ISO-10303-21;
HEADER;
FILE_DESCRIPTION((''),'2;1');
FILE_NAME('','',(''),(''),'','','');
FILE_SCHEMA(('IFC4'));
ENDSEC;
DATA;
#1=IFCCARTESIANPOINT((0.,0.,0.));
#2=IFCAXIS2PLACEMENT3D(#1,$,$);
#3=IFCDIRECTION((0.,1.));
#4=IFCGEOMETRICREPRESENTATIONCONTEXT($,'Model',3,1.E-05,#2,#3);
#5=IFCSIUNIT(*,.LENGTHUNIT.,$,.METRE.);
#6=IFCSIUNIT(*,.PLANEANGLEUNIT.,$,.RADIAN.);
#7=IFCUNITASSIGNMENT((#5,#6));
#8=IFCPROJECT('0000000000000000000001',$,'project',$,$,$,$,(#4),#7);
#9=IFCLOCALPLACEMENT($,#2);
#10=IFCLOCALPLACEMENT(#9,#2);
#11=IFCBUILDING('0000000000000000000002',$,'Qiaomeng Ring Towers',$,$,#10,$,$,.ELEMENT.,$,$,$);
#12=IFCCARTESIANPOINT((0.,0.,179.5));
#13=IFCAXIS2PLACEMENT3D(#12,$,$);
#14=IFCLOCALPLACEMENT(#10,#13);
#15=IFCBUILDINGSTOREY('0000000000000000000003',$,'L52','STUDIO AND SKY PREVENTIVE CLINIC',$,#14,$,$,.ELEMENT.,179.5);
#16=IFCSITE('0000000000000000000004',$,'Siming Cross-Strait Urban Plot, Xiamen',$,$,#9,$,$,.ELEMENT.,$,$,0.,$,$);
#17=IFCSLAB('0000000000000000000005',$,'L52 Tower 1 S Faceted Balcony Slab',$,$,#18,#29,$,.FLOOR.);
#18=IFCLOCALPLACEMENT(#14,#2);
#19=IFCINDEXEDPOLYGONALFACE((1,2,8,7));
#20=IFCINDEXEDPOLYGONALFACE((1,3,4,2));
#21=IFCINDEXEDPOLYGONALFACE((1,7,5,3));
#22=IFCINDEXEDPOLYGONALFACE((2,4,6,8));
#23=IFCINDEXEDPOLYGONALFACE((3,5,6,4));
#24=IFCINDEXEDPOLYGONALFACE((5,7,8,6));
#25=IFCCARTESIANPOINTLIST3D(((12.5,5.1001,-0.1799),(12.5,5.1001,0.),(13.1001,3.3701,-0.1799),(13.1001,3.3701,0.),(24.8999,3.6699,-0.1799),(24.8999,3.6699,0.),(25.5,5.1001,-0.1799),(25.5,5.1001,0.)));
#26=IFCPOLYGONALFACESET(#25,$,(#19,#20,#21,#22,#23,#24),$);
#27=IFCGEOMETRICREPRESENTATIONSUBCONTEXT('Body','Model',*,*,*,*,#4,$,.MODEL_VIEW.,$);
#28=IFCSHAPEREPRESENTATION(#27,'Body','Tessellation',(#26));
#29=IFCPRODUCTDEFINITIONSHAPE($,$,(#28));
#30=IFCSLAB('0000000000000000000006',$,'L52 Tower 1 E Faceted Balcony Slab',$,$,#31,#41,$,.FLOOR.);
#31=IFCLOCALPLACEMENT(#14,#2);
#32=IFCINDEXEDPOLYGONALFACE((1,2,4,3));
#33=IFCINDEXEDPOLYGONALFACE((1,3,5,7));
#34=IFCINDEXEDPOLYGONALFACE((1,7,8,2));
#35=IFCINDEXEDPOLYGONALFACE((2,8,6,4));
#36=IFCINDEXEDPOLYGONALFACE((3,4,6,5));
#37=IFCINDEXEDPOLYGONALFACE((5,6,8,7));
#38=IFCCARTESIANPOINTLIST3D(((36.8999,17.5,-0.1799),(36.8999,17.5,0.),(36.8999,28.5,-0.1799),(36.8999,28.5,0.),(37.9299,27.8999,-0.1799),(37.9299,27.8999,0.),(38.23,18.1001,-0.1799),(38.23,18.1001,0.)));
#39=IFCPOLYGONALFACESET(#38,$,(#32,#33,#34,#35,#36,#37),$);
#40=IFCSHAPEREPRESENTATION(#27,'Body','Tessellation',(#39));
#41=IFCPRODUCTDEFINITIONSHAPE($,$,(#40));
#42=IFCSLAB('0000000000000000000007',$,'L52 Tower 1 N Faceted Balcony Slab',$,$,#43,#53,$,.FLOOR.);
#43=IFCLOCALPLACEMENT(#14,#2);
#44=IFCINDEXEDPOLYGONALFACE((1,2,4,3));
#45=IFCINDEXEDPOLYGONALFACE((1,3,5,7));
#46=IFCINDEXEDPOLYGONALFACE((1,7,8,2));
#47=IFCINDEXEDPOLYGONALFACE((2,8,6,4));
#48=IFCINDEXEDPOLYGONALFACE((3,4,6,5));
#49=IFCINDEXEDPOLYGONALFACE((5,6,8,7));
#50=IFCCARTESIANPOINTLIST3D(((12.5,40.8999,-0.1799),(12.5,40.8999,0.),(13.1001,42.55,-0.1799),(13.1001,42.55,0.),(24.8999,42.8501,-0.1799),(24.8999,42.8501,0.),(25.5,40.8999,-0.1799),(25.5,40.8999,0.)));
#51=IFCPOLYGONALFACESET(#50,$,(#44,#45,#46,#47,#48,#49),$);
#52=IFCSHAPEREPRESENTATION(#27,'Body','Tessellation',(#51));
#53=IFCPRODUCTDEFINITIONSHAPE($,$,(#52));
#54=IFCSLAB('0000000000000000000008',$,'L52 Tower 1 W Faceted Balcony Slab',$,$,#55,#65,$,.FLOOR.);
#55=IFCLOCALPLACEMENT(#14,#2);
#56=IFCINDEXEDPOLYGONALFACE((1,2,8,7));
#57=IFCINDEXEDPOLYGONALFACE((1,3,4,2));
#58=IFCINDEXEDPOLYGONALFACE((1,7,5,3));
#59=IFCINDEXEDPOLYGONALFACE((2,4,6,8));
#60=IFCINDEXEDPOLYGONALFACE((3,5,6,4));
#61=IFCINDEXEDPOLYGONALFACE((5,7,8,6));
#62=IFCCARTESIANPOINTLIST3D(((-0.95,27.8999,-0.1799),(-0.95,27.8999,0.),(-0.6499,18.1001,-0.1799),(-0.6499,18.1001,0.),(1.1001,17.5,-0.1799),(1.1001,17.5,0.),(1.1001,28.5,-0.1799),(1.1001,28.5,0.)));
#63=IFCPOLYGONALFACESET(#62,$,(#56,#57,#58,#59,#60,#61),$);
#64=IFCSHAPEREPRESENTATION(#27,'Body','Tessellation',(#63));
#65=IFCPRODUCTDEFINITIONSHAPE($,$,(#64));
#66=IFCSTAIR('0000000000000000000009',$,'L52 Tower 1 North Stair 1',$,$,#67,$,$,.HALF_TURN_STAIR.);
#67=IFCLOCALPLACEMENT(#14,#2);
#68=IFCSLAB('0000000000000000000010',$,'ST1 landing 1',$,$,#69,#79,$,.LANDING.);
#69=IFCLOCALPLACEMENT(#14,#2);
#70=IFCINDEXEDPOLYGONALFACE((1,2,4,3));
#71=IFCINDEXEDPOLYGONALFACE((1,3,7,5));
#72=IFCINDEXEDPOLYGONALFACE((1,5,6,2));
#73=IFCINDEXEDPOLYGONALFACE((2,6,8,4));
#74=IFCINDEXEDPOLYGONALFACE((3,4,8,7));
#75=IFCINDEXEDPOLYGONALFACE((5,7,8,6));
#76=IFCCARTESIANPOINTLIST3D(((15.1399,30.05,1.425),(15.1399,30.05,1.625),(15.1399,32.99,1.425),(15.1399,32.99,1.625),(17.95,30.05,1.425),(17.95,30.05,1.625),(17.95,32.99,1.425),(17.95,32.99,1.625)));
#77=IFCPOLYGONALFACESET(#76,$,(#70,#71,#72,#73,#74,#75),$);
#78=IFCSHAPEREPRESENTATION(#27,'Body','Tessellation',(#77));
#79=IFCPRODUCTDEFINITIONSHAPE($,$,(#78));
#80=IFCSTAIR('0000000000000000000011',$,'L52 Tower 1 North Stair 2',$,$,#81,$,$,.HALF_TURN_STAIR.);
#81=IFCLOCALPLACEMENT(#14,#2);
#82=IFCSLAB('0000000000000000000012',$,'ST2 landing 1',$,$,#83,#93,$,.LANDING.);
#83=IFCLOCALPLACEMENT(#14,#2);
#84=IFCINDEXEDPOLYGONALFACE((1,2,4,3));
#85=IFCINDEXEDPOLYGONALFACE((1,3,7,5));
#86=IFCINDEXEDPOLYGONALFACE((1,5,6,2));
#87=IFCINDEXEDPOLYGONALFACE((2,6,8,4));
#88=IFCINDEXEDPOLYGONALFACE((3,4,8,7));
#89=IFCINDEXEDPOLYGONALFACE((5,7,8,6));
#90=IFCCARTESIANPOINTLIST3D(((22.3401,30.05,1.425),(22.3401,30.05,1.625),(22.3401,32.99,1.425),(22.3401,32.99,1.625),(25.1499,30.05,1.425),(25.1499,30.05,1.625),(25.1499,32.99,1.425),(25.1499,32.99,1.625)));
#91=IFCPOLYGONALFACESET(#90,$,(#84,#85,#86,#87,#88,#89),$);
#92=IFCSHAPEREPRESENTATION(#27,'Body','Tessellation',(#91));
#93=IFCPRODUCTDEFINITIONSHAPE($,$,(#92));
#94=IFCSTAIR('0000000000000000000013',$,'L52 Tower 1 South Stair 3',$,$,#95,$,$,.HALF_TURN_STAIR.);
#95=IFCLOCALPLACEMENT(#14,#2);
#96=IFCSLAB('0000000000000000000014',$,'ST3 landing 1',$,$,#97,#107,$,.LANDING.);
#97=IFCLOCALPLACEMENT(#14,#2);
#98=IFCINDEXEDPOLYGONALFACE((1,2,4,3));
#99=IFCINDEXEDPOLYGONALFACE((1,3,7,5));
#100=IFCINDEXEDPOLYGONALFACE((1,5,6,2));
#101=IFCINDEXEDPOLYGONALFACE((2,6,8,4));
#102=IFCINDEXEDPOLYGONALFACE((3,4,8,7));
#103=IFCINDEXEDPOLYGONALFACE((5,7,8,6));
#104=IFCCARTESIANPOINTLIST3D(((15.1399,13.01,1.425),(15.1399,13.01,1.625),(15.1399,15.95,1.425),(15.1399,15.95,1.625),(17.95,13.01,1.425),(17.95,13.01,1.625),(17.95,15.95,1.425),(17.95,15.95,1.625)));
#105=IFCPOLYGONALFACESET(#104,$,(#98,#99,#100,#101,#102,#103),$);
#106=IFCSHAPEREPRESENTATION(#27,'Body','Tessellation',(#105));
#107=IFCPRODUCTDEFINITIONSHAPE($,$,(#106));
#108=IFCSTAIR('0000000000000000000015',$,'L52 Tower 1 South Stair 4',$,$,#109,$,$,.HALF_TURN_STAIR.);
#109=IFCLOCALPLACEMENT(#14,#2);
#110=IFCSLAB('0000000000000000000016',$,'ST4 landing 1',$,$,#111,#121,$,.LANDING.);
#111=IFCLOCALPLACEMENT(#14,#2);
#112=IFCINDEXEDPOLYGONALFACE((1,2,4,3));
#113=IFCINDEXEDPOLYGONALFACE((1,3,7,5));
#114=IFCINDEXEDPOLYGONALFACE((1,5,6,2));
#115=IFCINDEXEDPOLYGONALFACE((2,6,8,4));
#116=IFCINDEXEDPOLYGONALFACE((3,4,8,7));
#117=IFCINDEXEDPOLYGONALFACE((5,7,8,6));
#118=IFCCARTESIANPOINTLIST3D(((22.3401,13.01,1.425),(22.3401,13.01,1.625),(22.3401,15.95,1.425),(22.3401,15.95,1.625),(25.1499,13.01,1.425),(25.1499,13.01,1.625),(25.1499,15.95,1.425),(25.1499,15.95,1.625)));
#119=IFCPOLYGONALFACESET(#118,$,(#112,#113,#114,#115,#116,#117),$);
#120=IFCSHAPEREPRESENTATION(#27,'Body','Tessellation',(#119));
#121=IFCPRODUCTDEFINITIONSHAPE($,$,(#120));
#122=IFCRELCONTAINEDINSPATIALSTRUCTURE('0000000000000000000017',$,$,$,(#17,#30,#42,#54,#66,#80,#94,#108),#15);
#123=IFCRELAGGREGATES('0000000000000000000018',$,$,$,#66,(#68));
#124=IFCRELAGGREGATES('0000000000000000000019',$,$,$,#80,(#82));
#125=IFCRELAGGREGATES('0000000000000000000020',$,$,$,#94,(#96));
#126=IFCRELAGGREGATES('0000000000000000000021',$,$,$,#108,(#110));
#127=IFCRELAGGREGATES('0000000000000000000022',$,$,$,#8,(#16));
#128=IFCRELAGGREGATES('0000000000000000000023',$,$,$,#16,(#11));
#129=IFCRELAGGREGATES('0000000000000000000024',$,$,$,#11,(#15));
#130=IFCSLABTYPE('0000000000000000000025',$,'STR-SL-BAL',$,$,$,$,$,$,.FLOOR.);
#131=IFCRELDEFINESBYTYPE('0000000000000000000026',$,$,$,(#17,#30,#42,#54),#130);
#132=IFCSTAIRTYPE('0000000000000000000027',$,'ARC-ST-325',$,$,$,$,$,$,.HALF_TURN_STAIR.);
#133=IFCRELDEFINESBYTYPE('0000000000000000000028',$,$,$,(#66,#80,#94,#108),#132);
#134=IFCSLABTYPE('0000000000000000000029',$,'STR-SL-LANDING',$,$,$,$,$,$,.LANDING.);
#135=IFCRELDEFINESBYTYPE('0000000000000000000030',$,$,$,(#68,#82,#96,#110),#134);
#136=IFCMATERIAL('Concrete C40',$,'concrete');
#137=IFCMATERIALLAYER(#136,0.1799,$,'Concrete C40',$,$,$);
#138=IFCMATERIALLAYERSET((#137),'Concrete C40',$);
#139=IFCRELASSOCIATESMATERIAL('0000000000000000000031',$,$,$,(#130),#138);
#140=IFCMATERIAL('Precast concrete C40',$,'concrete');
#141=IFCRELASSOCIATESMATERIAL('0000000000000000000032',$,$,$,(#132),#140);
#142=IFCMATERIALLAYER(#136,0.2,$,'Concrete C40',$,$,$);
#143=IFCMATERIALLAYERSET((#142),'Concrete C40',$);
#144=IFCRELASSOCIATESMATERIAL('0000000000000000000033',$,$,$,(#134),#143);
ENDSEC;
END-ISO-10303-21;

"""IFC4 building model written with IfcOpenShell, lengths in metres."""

from ifc_helpers import new_model, si_unit, direction, frame, origin, place, context, subcontext, project, spatial, polyline, outline, extrude, material, layer, layer_set, type_object, element, aggregate, save


model = new_model("IFC4")

# Units and contexts
model_context = context("Model", 3, precision=1e-05, world=origin(), true_north=direction((0.0, 1.0)))
body_context = subcontext(model_context, "Body", "Model", "MODEL_VIEW")
ifc_project = project(units=[si_unit("LENGTHUNIT", "METRE"), si_unit("PLANEANGLEUNIT", "RADIAN")], contexts=[model_context])

# Site, building, storey
site_placement = place(None, origin())
site = spatial("IfcSite", under=ifc_project, at=site_placement, Name="Siming Cross-Strait Urban Plot, Xiamen", CompositionType="ELEMENT", RefElevation=0.0)
building_placement = place(site_placement, origin())
building = spatial("IfcBuilding", under=site, at=building_placement, Name="Qiaomeng Ring Towers", CompositionType="ELEMENT")
storey_placement = place(building_placement, frame((0.0, 0.0, 179.5)))
storey = spatial("IfcBuildingStorey", under=building, at=storey_placement, Name="L52", Description="STUDIO AND SKY PREVENTIVE CLINIC", CompositionType="ELEMENT", Elevation=179.5)

# Slabs
ifc_material_1 = material(Name="Concrete C40", Category="concrete")
ifc_layer_1 = layer(ifc_material_1, 0.1799, Name="Concrete C40")
ifc_layer_set_1 = layer_set([ifc_layer_1], Name="Concrete C40")
slab_type_1 = type_object("IfcSlabType", Name="STR-SL-BAL", PredefinedType="FLOOR", material=ifc_layer_set_1)
slab_1_placement = place(storey_placement, frame((0.0, 0.0, -0.1799)))
element("IfcSlab", 1, at=slab_1_placement, inside=storey, type_object=slab_type_1, Name="L52 Tower 1 S Faceted Balcony Slab", PredefinedType="FLOOR", context=body_context, shape_type="SweptSolid", body=[
    extrude(outline(polyline([(24.8999, 3.6699), (13.1001, 3.3701), (12.5, 5.1001), (25.5, 5.1001), (24.8999, 3.6699)])), origin(), (0.0, 0.0, 1.0), 0.1799),
])
slab_2_placement = place(storey_placement, frame((0.0, 0.0, -0.1799)))
element("IfcSlab", 2, at=slab_2_placement, inside=storey, type_object=slab_type_1, Name="L52 Tower 1 E Faceted Balcony Slab", PredefinedType="FLOOR", context=body_context, shape_type="SweptSolid", body=[
    extrude(outline(polyline([(37.9299, 27.8999), (38.23, 18.1001), (36.8999, 17.5), (36.8999, 28.5), (37.9299, 27.8999)])), origin(), (0.0, 0.0, 1.0), 0.1799),
])
slab_3_placement = place(storey_placement, frame((0.0, 0.0, -0.1799)))
element("IfcSlab", 3, at=slab_3_placement, inside=storey, type_object=slab_type_1, Name="L52 Tower 1 N Faceted Balcony Slab", PredefinedType="FLOOR", context=body_context, shape_type="SweptSolid", body=[
    extrude(outline(polyline([(12.5, 40.8999), (13.1001, 42.55), (24.8999, 42.8501), (25.5, 40.8999), (12.5, 40.8999)])), origin(), (0.0, 0.0, 1.0), 0.1799),
])
slab_4_placement = place(storey_placement, frame((0.0, 0.0, -0.1799)))
element("IfcSlab", 4, at=slab_4_placement, inside=storey, type_object=slab_type_1, Name="L52 Tower 1 W Faceted Balcony Slab", PredefinedType="FLOOR", context=body_context, shape_type="SweptSolid", body=[
    extrude(outline(polyline([(-0.6499, 18.1001), (-0.95, 27.8999), (1.1001, 28.5), (1.1001, 17.5), (-0.6499, 18.1001)])), origin(), (0.0, 0.0, 1.0), 0.1799),
])

# Stairs, slabs
ifc_material_2 = material(Name="Precast concrete C40", Category="concrete")
stair_type = type_object("IfcStairType", Name="ARC-ST-325", PredefinedType="HALF_TURN_STAIR", material=ifc_material_2)
stair_1_placement = place(storey_placement, origin())
stair_1 = element("IfcStair", 5, at=stair_1_placement, inside=storey, type_object=stair_type, Name="L52 Tower 1 North Stair 1", PredefinedType="HALF_TURN_STAIR")
ifc_layer_2 = layer(ifc_material_1, 0.2, Name="Concrete C40")
ifc_layer_set_2 = layer_set([ifc_layer_2], Name="Concrete C40")
slab_type_2 = type_object("IfcSlabType", Name="STR-SL-LANDING", PredefinedType="LANDING", material=ifc_layer_set_2)
slab_5_placement = place(storey_placement, frame((0.0, 0.0, 1.425)))
slab_5 = element("IfcSlab", 6, at=slab_5_placement, type_object=slab_type_2, Name="ST1 landing 1", PredefinedType="LANDING", context=body_context, shape_type="SweptSolid", body=[
    extrude(outline(polyline([(15.1399, 30.05), (17.95, 30.05), (17.95, 32.99), (15.1399, 32.99), (15.1399, 30.05)])), origin(), (0.0, 0.0, 1.0), 0.2),
])
aggregate(stair_1, [slab_5])
stair_2_placement = place(storey_placement, origin())
stair_2 = element("IfcStair", 7, at=stair_2_placement, inside=storey, type_object=stair_type, Name="L52 Tower 1 North Stair 2", PredefinedType="HALF_TURN_STAIR")
slab_6_placement = place(storey_placement, frame((0.0, 0.0, 1.425)))
slab_6 = element("IfcSlab", 8, at=slab_6_placement, type_object=slab_type_2, Name="ST2 landing 1", PredefinedType="LANDING", context=body_context, shape_type="SweptSolid", body=[
    extrude(outline(polyline([(22.3401, 30.05), (25.1499, 30.05), (25.1499, 32.99), (22.3401, 32.99), (22.3401, 30.05)])), origin(), (0.0, 0.0, 1.0), 0.2),
])
aggregate(stair_2, [slab_6])
stair_3_placement = place(storey_placement, origin())
stair_3 = element("IfcStair", 9, at=stair_3_placement, inside=storey, type_object=stair_type, Name="L52 Tower 1 South Stair 3", PredefinedType="HALF_TURN_STAIR")
slab_7_placement = place(storey_placement, frame((0.0, 0.0, 1.425)))
slab_7 = element("IfcSlab", 10, at=slab_7_placement, type_object=slab_type_2, Name="ST3 landing 1", PredefinedType="LANDING", context=body_context, shape_type="SweptSolid", body=[
    extrude(outline(polyline([(15.1399, 13.01), (17.95, 13.01), (17.95, 15.95), (15.1399, 15.95), (15.1399, 13.01)])), origin(), (0.0, 0.0, 1.0), 0.2),
])
aggregate(stair_3, [slab_7])
stair_4_placement = place(storey_placement, origin())
stair_4 = element("IfcStair", 11, at=stair_4_placement, inside=storey, type_object=stair_type, Name="L52 Tower 1 South Stair 4", PredefinedType="HALF_TURN_STAIR")
slab_8_placement = place(storey_placement, frame((0.0, 0.0, 1.425)))
slab_8 = element("IfcSlab", 12, at=slab_8_placement, type_object=slab_type_2, Name="ST4 landing 1", PredefinedType="LANDING", context=body_context, shape_type="SweptSolid", body=[
    extrude(outline(polyline([(22.3401, 13.01), (25.1499, 13.01), (25.1499, 15.95), (22.3401, 15.95), (22.3401, 13.01)])), origin(), (0.0, 0.0, 1.0), 0.2),
])
aggregate(stair_4, [slab_8])

save(model, "model.ifc")
